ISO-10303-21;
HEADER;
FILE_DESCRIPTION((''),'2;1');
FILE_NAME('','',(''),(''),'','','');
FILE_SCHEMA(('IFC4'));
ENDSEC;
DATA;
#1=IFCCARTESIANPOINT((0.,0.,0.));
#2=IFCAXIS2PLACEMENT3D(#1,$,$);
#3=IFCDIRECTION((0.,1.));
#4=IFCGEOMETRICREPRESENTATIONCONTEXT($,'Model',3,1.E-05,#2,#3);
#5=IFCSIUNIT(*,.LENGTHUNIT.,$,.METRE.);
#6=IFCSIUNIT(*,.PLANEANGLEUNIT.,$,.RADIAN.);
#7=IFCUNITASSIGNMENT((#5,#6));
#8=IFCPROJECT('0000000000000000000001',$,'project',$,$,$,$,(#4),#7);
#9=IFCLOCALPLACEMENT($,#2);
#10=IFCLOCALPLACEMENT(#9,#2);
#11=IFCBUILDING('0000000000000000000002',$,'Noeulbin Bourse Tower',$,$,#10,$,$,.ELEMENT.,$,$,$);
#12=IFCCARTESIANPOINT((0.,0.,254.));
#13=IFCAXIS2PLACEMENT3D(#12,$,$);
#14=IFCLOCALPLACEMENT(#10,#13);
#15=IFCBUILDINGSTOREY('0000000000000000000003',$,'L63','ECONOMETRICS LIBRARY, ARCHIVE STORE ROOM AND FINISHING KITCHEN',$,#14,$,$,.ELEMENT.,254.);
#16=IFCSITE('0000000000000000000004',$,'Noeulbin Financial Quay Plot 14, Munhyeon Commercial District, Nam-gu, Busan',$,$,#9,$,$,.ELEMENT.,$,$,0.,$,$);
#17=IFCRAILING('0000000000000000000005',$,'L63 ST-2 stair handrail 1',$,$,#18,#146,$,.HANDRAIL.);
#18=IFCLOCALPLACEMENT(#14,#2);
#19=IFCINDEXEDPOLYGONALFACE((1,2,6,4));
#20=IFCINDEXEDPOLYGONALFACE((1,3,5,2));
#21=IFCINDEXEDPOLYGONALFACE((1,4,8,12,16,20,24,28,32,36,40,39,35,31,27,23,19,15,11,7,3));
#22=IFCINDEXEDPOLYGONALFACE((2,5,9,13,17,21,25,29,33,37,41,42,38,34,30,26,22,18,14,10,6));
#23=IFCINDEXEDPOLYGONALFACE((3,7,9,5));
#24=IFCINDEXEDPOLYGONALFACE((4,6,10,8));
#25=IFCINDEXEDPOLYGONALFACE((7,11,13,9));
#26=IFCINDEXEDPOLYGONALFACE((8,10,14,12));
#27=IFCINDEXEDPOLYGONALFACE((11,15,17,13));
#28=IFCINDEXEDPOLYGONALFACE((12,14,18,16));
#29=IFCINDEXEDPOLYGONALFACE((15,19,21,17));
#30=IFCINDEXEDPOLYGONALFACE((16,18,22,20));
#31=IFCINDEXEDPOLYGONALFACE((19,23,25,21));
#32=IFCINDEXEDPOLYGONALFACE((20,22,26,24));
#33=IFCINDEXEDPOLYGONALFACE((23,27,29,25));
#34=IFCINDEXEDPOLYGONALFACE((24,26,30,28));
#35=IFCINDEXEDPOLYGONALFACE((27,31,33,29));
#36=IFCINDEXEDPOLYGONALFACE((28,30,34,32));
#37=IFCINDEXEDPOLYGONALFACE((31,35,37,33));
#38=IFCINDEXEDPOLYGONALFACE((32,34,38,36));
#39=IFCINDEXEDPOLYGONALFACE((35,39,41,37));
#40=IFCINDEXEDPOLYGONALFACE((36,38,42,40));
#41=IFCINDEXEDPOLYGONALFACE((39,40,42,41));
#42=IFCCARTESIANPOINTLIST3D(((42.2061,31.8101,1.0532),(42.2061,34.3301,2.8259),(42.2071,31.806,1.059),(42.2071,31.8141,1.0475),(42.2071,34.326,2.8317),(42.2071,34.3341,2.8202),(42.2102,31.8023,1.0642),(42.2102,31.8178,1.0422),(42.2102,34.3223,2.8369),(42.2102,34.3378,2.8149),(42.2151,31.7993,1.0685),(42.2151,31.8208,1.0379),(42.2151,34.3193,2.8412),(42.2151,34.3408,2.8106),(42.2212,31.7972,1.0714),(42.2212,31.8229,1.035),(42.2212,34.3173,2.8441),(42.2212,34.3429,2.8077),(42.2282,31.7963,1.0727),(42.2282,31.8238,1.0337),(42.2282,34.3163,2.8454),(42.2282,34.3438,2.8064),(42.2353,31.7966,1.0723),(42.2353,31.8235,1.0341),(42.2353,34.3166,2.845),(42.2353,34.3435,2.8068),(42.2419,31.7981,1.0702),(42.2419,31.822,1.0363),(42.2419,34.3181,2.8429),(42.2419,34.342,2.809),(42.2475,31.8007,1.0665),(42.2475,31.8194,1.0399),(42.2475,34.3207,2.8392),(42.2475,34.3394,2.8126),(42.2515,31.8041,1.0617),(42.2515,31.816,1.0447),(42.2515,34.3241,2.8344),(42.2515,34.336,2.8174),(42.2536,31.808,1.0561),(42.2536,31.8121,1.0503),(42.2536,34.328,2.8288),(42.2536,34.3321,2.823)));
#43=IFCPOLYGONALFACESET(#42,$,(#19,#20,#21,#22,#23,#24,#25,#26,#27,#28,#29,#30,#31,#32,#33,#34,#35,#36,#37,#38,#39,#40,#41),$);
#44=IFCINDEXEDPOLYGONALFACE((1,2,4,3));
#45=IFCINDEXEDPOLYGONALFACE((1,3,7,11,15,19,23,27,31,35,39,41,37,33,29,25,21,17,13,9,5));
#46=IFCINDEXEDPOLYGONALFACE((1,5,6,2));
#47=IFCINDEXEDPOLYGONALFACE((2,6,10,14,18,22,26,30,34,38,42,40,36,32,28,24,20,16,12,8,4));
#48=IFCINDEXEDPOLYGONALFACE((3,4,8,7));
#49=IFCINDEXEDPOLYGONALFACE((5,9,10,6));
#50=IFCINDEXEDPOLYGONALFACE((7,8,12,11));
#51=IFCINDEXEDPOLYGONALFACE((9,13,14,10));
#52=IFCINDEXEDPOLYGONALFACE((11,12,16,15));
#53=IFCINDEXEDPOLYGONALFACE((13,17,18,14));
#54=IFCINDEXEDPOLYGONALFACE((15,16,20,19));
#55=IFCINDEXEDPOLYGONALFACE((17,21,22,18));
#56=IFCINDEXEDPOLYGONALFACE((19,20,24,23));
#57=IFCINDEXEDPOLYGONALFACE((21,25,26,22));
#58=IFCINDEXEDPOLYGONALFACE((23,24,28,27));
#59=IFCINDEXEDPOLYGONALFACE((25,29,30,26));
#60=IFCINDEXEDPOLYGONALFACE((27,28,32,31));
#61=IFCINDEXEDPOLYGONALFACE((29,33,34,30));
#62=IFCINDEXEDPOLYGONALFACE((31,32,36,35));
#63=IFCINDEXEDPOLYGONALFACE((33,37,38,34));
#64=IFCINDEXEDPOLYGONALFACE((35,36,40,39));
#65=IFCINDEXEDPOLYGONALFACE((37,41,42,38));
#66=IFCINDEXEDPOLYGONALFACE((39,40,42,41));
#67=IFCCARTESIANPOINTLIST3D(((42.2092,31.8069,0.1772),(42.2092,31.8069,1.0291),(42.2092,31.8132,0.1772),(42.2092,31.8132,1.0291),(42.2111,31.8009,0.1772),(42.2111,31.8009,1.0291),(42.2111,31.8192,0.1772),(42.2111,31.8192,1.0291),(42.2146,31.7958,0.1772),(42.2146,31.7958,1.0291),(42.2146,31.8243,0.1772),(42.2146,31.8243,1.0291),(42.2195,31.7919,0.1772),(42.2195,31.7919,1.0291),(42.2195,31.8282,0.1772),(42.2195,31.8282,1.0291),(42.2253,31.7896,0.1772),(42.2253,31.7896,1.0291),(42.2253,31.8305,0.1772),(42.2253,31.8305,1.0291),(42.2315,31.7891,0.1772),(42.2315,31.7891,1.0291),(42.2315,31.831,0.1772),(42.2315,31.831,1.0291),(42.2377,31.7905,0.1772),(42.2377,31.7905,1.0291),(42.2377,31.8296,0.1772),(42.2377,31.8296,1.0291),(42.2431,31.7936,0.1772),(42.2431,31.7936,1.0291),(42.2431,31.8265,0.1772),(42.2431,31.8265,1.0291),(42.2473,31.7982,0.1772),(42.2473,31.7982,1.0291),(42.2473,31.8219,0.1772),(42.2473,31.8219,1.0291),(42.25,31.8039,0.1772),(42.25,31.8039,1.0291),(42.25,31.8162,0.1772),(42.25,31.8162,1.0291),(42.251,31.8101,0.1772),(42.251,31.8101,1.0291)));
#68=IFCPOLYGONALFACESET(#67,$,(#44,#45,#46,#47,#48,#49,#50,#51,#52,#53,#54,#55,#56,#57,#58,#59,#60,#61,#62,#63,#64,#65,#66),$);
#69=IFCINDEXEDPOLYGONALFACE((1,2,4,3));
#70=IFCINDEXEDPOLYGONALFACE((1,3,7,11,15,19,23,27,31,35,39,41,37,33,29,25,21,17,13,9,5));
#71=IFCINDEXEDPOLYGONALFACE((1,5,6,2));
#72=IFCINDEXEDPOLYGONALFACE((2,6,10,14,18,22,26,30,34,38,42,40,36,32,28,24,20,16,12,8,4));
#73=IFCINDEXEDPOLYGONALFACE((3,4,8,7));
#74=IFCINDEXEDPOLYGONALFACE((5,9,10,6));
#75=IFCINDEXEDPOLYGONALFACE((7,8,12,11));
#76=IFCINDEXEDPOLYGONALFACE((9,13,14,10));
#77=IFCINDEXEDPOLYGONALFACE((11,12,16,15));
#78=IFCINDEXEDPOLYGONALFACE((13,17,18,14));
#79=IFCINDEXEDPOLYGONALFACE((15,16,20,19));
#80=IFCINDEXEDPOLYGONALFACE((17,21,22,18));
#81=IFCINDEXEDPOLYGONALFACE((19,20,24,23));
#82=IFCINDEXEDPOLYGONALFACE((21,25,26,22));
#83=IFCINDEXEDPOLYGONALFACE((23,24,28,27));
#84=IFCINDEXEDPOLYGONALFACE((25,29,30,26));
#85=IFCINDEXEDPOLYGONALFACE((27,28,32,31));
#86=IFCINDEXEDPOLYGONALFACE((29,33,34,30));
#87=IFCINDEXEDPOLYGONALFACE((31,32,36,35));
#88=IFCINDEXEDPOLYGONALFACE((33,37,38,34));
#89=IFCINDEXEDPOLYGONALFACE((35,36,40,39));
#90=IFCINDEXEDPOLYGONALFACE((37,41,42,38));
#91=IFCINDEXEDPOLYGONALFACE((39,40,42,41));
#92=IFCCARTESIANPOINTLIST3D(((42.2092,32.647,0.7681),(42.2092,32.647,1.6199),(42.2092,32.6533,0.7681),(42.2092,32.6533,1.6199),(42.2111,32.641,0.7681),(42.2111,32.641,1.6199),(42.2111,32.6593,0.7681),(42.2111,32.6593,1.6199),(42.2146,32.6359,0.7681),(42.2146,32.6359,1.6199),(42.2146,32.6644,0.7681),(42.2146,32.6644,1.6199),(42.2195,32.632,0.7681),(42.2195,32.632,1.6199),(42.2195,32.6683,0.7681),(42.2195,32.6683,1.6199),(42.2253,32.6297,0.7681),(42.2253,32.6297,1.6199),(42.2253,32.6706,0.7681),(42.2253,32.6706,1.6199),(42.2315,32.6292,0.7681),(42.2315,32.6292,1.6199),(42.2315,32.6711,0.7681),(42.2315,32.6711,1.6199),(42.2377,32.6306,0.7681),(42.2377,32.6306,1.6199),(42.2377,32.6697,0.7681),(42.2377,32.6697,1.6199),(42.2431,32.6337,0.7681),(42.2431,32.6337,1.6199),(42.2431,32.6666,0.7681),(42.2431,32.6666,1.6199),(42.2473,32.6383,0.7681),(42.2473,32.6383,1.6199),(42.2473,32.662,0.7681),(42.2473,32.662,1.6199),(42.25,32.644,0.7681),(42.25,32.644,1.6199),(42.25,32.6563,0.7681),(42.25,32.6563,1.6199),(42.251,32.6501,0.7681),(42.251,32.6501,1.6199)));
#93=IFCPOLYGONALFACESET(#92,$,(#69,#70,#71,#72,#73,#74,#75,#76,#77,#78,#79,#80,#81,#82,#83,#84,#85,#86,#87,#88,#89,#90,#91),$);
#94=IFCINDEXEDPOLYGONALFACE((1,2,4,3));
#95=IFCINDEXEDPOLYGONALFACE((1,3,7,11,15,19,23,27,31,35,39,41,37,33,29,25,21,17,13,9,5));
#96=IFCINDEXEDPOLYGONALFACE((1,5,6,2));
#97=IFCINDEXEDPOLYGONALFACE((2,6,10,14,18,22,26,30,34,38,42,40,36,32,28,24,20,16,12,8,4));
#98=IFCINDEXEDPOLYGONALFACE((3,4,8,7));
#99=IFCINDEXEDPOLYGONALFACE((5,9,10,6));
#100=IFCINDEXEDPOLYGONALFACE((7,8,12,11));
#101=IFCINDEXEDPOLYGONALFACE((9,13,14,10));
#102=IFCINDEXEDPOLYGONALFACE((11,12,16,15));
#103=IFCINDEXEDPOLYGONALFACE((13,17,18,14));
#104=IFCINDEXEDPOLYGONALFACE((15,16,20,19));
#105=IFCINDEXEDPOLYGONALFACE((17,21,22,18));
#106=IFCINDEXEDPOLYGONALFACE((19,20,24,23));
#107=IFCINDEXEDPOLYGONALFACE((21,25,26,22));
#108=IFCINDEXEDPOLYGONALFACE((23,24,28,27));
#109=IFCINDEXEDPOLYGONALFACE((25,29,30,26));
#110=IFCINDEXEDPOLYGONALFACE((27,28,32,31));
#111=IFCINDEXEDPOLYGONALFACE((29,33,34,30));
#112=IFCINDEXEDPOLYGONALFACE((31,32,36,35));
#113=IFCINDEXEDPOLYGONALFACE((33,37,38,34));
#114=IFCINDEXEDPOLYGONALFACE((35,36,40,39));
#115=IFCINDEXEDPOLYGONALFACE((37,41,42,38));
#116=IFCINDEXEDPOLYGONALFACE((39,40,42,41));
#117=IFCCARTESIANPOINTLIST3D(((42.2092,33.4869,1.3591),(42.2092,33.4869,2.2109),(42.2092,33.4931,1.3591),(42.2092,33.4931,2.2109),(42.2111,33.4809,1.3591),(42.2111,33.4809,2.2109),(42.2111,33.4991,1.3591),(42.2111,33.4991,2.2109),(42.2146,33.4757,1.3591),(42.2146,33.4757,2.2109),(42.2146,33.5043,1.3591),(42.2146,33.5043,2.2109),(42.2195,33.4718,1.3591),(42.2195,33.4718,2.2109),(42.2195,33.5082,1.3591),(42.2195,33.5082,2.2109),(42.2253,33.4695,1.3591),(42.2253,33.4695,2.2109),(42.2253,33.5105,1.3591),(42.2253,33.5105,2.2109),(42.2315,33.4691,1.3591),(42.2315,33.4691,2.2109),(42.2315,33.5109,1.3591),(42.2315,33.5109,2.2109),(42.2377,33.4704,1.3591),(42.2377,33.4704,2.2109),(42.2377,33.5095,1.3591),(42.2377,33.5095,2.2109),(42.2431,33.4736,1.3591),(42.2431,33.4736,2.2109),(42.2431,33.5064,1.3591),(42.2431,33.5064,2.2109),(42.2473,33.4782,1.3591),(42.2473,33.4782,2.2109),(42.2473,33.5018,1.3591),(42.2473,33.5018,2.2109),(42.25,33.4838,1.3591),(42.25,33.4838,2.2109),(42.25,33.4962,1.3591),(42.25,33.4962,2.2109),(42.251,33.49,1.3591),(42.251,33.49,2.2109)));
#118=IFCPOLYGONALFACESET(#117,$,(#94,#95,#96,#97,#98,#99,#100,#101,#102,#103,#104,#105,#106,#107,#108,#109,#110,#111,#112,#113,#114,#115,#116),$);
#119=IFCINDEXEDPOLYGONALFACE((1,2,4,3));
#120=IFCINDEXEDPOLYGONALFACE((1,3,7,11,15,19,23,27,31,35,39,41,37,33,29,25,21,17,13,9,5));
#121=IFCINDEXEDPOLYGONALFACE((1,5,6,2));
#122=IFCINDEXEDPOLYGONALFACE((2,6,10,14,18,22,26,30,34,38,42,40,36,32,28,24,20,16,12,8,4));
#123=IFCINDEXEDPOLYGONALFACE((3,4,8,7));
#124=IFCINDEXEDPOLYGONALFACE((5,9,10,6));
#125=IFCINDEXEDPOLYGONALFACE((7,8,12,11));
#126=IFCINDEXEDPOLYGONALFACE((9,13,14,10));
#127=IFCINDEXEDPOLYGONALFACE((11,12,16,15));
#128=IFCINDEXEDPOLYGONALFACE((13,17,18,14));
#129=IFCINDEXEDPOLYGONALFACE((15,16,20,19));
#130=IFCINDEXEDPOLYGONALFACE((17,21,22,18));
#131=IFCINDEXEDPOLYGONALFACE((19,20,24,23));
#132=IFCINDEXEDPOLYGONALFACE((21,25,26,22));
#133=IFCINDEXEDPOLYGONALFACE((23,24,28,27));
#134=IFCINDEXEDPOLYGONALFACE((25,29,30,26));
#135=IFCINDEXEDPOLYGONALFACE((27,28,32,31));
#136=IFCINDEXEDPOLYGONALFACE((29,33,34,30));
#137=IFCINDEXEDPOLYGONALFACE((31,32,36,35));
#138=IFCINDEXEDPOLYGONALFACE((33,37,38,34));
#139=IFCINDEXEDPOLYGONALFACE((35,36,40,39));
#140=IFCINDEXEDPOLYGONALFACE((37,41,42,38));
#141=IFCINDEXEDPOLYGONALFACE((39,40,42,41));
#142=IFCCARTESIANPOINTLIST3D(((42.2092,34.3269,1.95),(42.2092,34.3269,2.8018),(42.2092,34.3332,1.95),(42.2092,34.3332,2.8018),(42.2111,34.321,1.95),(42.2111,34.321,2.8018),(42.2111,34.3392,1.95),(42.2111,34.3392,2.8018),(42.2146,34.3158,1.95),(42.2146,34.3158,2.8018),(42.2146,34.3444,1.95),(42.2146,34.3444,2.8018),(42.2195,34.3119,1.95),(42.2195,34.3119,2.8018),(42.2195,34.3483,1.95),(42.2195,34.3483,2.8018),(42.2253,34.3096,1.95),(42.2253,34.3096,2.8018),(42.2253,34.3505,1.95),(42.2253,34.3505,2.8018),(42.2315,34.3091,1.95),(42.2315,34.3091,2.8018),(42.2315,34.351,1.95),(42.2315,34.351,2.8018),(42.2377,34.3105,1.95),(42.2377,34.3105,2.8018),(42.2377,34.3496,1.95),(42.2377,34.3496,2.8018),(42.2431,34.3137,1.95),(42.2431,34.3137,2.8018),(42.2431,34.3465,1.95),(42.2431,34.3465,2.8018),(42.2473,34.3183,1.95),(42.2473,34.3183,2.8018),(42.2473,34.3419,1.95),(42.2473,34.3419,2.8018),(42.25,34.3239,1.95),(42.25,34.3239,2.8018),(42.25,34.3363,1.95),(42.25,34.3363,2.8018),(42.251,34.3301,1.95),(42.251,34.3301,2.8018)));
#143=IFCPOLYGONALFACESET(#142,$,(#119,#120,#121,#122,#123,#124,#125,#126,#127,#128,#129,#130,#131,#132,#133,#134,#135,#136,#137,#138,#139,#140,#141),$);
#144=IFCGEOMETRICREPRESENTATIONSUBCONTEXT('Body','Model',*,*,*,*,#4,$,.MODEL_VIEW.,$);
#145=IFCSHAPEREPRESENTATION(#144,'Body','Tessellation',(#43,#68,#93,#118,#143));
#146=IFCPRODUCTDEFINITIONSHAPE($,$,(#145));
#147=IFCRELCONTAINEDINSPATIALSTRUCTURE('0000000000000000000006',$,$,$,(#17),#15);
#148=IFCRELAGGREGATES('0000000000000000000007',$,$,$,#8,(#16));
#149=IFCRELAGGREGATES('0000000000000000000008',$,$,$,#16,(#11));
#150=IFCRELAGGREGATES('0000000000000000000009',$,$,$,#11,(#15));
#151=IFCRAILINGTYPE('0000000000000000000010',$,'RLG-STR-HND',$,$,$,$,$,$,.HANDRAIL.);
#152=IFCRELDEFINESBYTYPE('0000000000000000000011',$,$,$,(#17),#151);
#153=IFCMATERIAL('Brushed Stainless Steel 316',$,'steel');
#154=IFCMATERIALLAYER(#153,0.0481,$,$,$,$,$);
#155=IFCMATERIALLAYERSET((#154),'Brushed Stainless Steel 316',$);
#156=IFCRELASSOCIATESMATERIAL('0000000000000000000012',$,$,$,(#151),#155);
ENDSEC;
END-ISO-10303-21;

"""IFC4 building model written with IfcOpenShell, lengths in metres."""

from ifc_helpers import new_model, si_unit, direction, frame, origin, origin_2d, place, context, subcontext, project, spatial, circle, extrude, material, layer, layer_set, type_object, element, save


model = new_model("IFC4")

# Units and contexts
model_context = context("Model", 3, precision=1e-05, world=origin(), true_north=direction((0.0, 1.0)))
body_context = subcontext(model_context, "Body", "Model", "MODEL_VIEW")
ifc_project = project(units=[si_unit("LENGTHUNIT", "METRE"), si_unit("PLANEANGLEUNIT", "RADIAN")], contexts=[model_context])

# Site, building, storey
site_placement = place(None, origin())
site = spatial("IfcSite", under=ifc_project, at=site_placement, Name="Noeulbin Financial Quay Plot 14, Munhyeon Commercial District, Nam-gu, Busan", CompositionType="ELEMENT", RefElevation=0.0)
building_placement = place(site_placement, origin())
building = spatial("IfcBuilding", under=site, at=building_placement, Name="Noeulbin Bourse Tower", CompositionType="ELEMENT")
storey_placement = place(building_placement, frame((0.0, 0.0, 254.0)))
storey = spatial("IfcBuildingStorey", under=building, at=storey_placement, Name="L63", Description="ECONOMETRICS LIBRARY, ARCHIVE STORE ROOM AND FINISHING KITCHEN", CompositionType="ELEMENT", Elevation=254.0)

# Railing
ifc_material_1 = material(Name="Brushed Stainless Steel 316", Category="steel")
ifc_layer_1 = layer(ifc_material_1, 0.0481)
ifc_layer_set_1 = layer_set([ifc_layer_1], Name="Brushed Stainless Steel 316")
railing_type_1 = type_object("IfcRailingType", Name="RLG-STR-HND", PredefinedType="HANDRAIL", material=ifc_layer_set_1)
railing_1_placement = place(storey_placement, frame((42.23, 31.8101, 0.1772)))
element("IfcRailing", 1, at=railing_1_placement, inside=storey, type_object=railing_type_1, Name="L63 ST-2 stair handrail 1", PredefinedType="HANDRAIL", context=body_context, shape_type="SweptSolid", body=[
    extrude(circle(Radius=0.0239, at=origin_2d()), frame((0.0, 0.0, 0.876), z_axis=(0.0, 0.817904, 0.575354), x_axis=(-1.0, 0.0, 0.0)), (0.0, 0.0, 1.0), 3.0811),
    extrude(circle(Radius=0.021, at=origin_2d()), origin(), (0.0, 0.0, 1.0), 0.8518),
    extrude(circle(Radius=0.021, at=origin_2d()), frame((0.0, 0.8401, 0.5908)), (0.0, 0.0, 1.0), 0.8518),
    extrude(circle(Radius=0.021, at=origin_2d()), frame((0.0, 1.6799, 1.1819)), (0.0, 0.0, 1.0), 0.8518),
    extrude(circle(Radius=0.021, at=origin_2d()), frame((0.0, 2.52, 1.7727)), (0.0, 0.0, 1.0), 0.8518),
])

save(model, "model.ifc")
